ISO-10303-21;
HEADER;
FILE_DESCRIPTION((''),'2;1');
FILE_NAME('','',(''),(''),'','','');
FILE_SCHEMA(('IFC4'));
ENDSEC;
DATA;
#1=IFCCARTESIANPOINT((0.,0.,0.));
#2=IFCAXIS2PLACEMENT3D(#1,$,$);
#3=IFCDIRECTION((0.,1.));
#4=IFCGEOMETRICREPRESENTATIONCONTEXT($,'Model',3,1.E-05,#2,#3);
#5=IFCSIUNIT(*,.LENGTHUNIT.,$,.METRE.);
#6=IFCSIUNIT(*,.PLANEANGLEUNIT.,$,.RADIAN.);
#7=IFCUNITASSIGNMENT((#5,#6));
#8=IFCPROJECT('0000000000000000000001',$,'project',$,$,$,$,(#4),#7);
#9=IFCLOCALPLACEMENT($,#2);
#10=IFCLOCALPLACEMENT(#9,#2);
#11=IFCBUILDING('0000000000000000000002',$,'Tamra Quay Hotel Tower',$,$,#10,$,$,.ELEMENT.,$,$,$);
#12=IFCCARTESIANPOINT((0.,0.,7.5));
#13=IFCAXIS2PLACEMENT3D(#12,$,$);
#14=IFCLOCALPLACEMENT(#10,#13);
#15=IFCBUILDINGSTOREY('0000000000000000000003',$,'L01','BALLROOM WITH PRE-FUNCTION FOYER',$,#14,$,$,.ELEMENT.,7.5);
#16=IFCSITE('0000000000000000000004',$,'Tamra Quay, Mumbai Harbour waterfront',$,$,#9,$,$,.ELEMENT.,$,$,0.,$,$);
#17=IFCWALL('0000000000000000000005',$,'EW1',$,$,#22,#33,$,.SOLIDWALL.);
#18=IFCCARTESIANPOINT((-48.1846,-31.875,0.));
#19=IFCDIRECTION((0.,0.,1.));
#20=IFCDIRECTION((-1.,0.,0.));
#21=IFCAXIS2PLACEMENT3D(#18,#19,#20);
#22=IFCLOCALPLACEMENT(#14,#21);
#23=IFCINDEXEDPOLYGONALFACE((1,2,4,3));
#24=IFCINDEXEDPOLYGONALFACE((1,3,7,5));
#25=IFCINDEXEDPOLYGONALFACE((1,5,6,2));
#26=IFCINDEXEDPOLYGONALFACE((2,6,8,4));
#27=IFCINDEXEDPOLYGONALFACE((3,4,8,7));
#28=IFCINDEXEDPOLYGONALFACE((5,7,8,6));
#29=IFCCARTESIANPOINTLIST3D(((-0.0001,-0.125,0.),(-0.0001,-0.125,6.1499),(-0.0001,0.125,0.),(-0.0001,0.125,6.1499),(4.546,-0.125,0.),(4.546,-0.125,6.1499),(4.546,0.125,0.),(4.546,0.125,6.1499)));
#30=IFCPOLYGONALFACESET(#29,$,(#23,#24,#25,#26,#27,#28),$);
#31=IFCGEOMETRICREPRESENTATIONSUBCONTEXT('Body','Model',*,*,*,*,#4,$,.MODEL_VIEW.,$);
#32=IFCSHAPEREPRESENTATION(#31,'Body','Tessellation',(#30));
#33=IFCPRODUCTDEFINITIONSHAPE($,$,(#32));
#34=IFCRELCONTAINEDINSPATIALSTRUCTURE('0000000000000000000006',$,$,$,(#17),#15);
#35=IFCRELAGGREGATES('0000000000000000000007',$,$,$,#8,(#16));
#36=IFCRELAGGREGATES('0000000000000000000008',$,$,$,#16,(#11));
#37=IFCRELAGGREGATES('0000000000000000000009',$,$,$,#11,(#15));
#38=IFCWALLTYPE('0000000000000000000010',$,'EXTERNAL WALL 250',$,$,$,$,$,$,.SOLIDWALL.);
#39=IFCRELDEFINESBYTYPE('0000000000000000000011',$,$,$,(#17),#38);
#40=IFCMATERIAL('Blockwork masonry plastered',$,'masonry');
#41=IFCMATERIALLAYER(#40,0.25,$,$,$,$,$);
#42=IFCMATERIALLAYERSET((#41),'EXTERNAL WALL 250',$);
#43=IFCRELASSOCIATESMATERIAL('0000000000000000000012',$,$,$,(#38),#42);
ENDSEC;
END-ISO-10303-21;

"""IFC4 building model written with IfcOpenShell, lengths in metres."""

from ifc_helpers import new_model, si_unit, direction, frame, frame_2d, origin, place, context, subcontext, project, spatial, rectangle, extrude, material, layer, layer_set, type_object, element, save


model = new_model("IFC4")

# Units and contexts
model_context = context("Model", 3, precision=1e-05, world=origin(), true_north=direction((0.0, 1.0)))
body_context = subcontext(model_context, "Body", "Model", "MODEL_VIEW")
ifc_project = project(units=[si_unit("LENGTHUNIT", "METRE"), si_unit("PLANEANGLEUNIT", "RADIAN")], contexts=[model_context])

# Site, building, storey
site_placement = place(None, origin())
site = spatial("IfcSite", under=ifc_project, at=site_placement, Name="Tamra Quay, Mumbai Harbour waterfront", CompositionType="ELEMENT", RefElevation=0.0)
building_placement = place(site_placement, origin())
building = spatial("IfcBuilding", under=site, at=building_placement, Name="Tamra Quay Hotel Tower", CompositionType="ELEMENT")
storey_placement = place(building_placement, frame((0.0, 0.0, 7.5)))
storey = spatial("IfcBuildingStorey", under=building, at=storey_placement, Name="L01", Description="BALLROOM WITH PRE-FUNCTION FOYER", CompositionType="ELEMENT", Elevation=7.5)

# Wall
ifc_material_1 = material(Name="Blockwork masonry plastered", Category="masonry")
ifc_layer_1 = layer(ifc_material_1, 0.25)
ifc_layer_set_1 = layer_set([ifc_layer_1], Name="EXTERNAL WALL 250")
wall_type_1 = type_object("IfcWallType", Name="EXTERNAL WALL 250", PredefinedType="SOLIDWALL", material=ifc_layer_set_1)
for number, where, z_axis, x_axis, name in (
    (1, (-48.1846, -31.875, 0.0), (0.0, 0.0, 1.0), (-1.0, 0.0, 0.0), "EW1"),
):
    element("IfcWall", number, at=place(storey_placement, frame(where, z_axis=z_axis, x_axis=x_axis)), inside=storey, type_object=wall_type_1, Name=name, PredefinedType="SOLIDWALL", context=body_context, shape_type="SweptSolid", body=[
        extrude(rectangle(XDim=4.5461, YDim=0.25, at=frame_2d((2.2729, 0.0))), origin(), (0.0, 0.0, 1.0), 6.1499),
    ])

save(model, "model.ifc")
